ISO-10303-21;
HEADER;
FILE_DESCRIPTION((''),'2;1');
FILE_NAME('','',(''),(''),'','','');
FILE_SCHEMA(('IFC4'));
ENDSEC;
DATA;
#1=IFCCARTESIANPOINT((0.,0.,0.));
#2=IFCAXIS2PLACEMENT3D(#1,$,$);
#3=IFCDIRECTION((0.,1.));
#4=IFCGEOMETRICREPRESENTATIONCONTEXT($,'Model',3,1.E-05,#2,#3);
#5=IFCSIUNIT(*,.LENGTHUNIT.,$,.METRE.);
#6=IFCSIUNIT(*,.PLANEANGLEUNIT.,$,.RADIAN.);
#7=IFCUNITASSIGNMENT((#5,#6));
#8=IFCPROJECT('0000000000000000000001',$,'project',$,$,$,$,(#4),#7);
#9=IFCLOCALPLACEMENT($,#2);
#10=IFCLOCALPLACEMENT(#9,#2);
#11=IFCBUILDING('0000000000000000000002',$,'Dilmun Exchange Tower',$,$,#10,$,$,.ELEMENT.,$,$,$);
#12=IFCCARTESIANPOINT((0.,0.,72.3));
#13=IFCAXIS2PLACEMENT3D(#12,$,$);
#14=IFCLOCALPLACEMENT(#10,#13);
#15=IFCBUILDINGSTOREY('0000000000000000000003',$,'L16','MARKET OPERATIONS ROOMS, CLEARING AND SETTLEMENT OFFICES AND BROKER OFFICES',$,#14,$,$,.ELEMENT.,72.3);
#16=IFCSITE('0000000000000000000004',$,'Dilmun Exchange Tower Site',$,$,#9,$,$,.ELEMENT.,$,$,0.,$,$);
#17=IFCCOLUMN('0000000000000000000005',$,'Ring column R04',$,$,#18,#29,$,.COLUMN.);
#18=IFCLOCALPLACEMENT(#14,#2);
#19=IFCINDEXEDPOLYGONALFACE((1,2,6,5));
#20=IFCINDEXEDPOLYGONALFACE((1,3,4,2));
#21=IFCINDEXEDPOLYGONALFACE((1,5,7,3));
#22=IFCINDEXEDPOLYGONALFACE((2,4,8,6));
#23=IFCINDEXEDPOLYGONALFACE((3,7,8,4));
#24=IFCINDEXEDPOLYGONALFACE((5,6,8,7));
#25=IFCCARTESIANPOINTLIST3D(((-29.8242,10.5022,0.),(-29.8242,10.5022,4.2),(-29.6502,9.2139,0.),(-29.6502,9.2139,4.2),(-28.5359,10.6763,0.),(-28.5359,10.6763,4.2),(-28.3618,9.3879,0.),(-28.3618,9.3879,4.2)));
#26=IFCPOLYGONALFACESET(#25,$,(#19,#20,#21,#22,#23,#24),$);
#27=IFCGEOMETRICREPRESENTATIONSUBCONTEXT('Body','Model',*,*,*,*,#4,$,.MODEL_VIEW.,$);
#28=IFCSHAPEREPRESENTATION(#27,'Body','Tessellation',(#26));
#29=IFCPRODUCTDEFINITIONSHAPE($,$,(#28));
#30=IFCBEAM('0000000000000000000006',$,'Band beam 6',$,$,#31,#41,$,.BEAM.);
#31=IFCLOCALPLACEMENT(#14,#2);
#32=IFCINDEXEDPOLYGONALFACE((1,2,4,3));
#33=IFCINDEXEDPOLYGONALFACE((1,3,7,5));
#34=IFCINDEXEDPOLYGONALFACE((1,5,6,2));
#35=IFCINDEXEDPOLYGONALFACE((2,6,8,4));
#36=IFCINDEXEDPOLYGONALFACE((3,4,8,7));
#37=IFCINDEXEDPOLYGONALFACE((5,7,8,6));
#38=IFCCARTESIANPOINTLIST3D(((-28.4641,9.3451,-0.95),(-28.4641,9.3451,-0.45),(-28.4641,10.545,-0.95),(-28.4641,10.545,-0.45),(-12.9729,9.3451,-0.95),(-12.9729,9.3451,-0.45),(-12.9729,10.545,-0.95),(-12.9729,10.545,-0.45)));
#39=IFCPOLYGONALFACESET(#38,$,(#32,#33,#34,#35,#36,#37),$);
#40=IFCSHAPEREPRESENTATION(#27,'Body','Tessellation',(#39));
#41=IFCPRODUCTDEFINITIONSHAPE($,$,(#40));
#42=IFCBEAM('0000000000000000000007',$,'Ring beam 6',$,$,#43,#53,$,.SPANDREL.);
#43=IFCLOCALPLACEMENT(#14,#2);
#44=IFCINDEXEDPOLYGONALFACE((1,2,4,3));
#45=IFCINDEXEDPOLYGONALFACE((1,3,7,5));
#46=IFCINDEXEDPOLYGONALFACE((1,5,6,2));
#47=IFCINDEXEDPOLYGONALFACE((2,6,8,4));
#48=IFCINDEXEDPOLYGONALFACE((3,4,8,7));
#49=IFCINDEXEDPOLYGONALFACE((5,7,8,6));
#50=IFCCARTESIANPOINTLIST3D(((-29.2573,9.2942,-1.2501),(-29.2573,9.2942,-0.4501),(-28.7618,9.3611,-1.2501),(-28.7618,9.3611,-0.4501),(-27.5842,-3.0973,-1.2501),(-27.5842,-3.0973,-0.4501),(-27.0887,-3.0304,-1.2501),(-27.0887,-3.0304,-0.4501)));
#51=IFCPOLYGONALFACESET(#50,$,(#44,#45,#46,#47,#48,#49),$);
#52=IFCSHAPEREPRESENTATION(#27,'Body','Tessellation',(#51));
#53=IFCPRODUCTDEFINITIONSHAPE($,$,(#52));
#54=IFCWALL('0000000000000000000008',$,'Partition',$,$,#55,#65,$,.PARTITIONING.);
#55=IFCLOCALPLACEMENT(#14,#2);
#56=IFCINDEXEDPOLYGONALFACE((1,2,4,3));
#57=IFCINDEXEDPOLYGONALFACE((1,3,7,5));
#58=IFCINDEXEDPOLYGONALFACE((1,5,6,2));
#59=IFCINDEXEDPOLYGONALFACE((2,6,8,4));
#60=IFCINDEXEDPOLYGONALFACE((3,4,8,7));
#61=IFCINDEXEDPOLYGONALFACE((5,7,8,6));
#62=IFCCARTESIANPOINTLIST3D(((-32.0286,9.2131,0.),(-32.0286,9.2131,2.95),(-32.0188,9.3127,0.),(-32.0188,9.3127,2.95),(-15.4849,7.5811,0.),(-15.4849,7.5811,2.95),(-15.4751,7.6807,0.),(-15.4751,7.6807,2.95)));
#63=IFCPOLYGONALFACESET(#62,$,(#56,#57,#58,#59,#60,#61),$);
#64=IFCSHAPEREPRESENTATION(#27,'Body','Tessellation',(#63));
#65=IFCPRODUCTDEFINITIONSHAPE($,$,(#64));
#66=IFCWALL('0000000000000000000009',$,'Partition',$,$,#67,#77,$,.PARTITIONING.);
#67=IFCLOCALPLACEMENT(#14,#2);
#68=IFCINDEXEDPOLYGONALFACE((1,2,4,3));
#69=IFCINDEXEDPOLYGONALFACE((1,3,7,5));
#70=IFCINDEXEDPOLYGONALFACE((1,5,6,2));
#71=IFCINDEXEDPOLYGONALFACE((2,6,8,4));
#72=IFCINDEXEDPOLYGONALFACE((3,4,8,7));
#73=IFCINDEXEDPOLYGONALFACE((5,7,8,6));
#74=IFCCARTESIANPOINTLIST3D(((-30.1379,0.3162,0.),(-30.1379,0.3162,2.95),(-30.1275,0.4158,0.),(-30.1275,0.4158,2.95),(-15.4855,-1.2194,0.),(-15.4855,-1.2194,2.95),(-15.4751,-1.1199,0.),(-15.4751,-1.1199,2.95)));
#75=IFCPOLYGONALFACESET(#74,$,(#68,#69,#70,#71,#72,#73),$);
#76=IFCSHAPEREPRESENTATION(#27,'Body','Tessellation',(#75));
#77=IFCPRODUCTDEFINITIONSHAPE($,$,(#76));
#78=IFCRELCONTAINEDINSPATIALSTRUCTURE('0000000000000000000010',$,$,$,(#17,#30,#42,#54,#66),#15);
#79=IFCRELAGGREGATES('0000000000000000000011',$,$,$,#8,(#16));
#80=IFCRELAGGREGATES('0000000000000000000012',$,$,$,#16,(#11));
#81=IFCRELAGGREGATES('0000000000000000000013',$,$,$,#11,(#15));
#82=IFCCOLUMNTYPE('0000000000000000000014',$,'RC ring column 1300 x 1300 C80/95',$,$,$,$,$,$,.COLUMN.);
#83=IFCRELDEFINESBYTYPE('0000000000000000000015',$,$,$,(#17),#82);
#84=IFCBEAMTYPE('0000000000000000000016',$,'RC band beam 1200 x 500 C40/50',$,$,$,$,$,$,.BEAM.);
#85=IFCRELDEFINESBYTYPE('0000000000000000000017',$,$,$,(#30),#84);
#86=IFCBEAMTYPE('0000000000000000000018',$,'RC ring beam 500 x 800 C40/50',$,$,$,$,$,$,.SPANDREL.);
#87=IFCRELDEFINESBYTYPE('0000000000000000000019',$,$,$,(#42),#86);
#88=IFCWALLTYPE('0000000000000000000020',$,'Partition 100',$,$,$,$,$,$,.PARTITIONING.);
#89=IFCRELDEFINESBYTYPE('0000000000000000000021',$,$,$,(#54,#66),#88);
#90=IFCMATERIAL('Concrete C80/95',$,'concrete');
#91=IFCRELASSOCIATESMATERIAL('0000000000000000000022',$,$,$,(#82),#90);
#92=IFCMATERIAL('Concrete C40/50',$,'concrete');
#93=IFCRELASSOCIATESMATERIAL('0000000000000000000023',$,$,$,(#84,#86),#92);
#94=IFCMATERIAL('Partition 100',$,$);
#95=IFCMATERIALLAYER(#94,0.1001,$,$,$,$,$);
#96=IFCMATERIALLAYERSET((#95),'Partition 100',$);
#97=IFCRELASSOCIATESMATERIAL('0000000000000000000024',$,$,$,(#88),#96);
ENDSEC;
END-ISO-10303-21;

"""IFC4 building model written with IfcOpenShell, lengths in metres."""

from ifc_helpers import new_model, si_unit, direction, frame, frame_2d, origin, origin_2d, place, context, subcontext, project, spatial, rectangle, extrude, material, layer, layer_set, material_profile, profile_set, type_object, element, save


model = new_model("IFC4")

# Units and contexts
model_context = context("Model", 3, precision=1e-05, world=origin(), true_north=direction((0.0, 1.0)))
body_context = subcontext(model_context, "Body", "Model", "MODEL_VIEW")
ifc_project = project(units=[si_unit("LENGTHUNIT", "METRE"), si_unit("PLANEANGLEUNIT", "RADIAN")], contexts=[model_context])

# Site, building, storey
site_placement = place(None, origin())
site = spatial("IfcSite", under=ifc_project, at=site_placement, Name="Dilmun Exchange Tower Site", CompositionType="ELEMENT", RefElevation=0.0)
building_placement = place(site_placement, origin())
building = spatial("IfcBuilding", under=site, at=building_placement, Name="Dilmun Exchange Tower", CompositionType="ELEMENT")
storey_placement = place(building_placement, frame((0.0, 0.0, 72.3)))
storey = spatial("IfcBuildingStorey", under=building, at=storey_placement, Name="L16", Description="MARKET OPERATIONS ROOMS, CLEARING AND SETTLEMENT OFFICES AND BROKER OFFICES", CompositionType="ELEMENT", Elevation=72.3)

# Column
ifc_material_1 = material(Name="Concrete C80/95", Category="concrete")
ifc_material_profile_1 = material_profile(ifc_material_1, rectangle(XDim=1.3, YDim=1.3, at=origin_2d()), Name="1300 x 1300")
ifc_profile_set_1 = profile_set([ifc_material_profile_1], Name="Concrete C80/95")
column_type = type_object("IfcColumnType", Name="RC ring column 1300 x 1300 C80/95", PredefinedType="COLUMN", material=ifc_profile_set_1)
column_placement = place(storey_placement, frame((-29.093, 9.9451, 0.0), z_axis=(0.0, 0.0, 1.0), x_axis=(0.991001, 0.133853, 0.0)))
element("IfcColumn", 1, at=column_placement, inside=storey, type_object=column_type, Name="Ring column R04", PredefinedType="COLUMN", context=body_context, shape_type="SweptSolid", body=[
    extrude(rectangle(XDim=1.3, YDim=1.3, at=origin_2d()), origin(), (0.0, 0.0, 1.0), 4.2),
])

# Beams
ifc_material_2 = material(Name="Concrete C40/50", Category="concrete")
ifc_material_profile_2 = material_profile(ifc_material_2, rectangle(XDim=1.2, YDim=0.5, at=origin_2d()), Name="1200 x 500")
ifc_profile_set_2 = profile_set([ifc_material_profile_2], Name="Concrete C40/50")
beam_type_1 = type_object("IfcBeamType", Name="RC band beam 1200 x 500 C40/50", PredefinedType="BEAM", material=ifc_profile_set_2)
beam_1_placement = place(storey_placement, frame((-28.4641, 9.9451, -0.7), z_axis=(1.0, 0.0, 0.0), x_axis=(0.0, 1.0, 0.0)))
element("IfcBeam", 2, at=beam_1_placement, inside=storey, type_object=beam_type_1, Name="Band beam 6", PredefinedType="BEAM", context=body_context, shape_type="SweptSolid", body=[
    extrude(rectangle(XDim=1.2, YDim=0.5, at=origin_2d()), origin(), (0.0, 0.0, 1.0), 15.4912),
])
ifc_material_profile_3 = material_profile(ifc_material_2, rectangle(XDim=0.5, YDim=0.8, at=origin_2d()), Name="500 x 800")
ifc_profile_set_3 = profile_set([ifc_material_profile_3], Name="Concrete C40/50")
beam_type_2 = type_object("IfcBeamType", Name="RC ring beam 500 x 800 C40/50", PredefinedType="SPANDREL", material=ifc_profile_set_3)
beam_2_placement = place(storey_placement, frame((-29.0095, 9.3276, -0.8501), z_axis=(0.133807, -0.991007, 0.0), x_axis=(0.991007, 0.133807, 0.0)))
element("IfcBeam", 3, at=beam_2_placement, inside=storey, type_object=beam_type_2, Name="Ring beam 6", PredefinedType="SPANDREL", context=body_context, shape_type="SweptSolid", body=[
    extrude(rectangle(XDim=0.5, YDim=0.8, at=origin_2d()), origin(), (0.0, 0.0, 1.0), 12.5039),
])

# Walls
ifc_material_3 = material(Name="Partition 100")
ifc_layer_1 = layer(ifc_material_3, 0.1001)
ifc_layer_set_1 = layer_set([ifc_layer_1], Name="Partition 100")
wall_type_1 = type_object("IfcWallType", Name="Partition 100", PredefinedType="PARTITIONING", material=ifc_layer_set_1)
wall_1_placement = place(storey_placement, frame((-32.0237, 9.2629, 0.0), z_axis=(0.0, 0.0, 1.0), x_axis=(0.995169, -0.098176, 0.0)))
element("IfcWall", 4, at=wall_1_placement, inside=storey, type_object=wall_type_1, Name="Partition", PredefinedType="PARTITIONING", context=body_context, shape_type="SweptSolid", body=[
    extrude(rectangle(XDim=16.624, YDim=0.1001, at=frame_2d((8.312, 0.0))), origin(), (0.0, 0.0, 1.0), 2.95),
])
wall_2_placement = place(storey_placement, frame((-30.1326, 0.366, 0.0), z_axis=(0.0, 0.0, 1.0), x_axis=(0.994553, -0.104234, 0.0)))
element("IfcWall", 5, at=wall_2_placement, inside=storey, type_object=wall_type_1, Name="Partition", PredefinedType="PARTITIONING", context=body_context, shape_type="SweptSolid", body=[
    extrude(rectangle(XDim=14.7327, YDim=0.1001, at=frame_2d((7.3662, 0.0))), origin(), (0.0, 0.0, 1.0), 2.95),
])

save(model, "model.ifc")
